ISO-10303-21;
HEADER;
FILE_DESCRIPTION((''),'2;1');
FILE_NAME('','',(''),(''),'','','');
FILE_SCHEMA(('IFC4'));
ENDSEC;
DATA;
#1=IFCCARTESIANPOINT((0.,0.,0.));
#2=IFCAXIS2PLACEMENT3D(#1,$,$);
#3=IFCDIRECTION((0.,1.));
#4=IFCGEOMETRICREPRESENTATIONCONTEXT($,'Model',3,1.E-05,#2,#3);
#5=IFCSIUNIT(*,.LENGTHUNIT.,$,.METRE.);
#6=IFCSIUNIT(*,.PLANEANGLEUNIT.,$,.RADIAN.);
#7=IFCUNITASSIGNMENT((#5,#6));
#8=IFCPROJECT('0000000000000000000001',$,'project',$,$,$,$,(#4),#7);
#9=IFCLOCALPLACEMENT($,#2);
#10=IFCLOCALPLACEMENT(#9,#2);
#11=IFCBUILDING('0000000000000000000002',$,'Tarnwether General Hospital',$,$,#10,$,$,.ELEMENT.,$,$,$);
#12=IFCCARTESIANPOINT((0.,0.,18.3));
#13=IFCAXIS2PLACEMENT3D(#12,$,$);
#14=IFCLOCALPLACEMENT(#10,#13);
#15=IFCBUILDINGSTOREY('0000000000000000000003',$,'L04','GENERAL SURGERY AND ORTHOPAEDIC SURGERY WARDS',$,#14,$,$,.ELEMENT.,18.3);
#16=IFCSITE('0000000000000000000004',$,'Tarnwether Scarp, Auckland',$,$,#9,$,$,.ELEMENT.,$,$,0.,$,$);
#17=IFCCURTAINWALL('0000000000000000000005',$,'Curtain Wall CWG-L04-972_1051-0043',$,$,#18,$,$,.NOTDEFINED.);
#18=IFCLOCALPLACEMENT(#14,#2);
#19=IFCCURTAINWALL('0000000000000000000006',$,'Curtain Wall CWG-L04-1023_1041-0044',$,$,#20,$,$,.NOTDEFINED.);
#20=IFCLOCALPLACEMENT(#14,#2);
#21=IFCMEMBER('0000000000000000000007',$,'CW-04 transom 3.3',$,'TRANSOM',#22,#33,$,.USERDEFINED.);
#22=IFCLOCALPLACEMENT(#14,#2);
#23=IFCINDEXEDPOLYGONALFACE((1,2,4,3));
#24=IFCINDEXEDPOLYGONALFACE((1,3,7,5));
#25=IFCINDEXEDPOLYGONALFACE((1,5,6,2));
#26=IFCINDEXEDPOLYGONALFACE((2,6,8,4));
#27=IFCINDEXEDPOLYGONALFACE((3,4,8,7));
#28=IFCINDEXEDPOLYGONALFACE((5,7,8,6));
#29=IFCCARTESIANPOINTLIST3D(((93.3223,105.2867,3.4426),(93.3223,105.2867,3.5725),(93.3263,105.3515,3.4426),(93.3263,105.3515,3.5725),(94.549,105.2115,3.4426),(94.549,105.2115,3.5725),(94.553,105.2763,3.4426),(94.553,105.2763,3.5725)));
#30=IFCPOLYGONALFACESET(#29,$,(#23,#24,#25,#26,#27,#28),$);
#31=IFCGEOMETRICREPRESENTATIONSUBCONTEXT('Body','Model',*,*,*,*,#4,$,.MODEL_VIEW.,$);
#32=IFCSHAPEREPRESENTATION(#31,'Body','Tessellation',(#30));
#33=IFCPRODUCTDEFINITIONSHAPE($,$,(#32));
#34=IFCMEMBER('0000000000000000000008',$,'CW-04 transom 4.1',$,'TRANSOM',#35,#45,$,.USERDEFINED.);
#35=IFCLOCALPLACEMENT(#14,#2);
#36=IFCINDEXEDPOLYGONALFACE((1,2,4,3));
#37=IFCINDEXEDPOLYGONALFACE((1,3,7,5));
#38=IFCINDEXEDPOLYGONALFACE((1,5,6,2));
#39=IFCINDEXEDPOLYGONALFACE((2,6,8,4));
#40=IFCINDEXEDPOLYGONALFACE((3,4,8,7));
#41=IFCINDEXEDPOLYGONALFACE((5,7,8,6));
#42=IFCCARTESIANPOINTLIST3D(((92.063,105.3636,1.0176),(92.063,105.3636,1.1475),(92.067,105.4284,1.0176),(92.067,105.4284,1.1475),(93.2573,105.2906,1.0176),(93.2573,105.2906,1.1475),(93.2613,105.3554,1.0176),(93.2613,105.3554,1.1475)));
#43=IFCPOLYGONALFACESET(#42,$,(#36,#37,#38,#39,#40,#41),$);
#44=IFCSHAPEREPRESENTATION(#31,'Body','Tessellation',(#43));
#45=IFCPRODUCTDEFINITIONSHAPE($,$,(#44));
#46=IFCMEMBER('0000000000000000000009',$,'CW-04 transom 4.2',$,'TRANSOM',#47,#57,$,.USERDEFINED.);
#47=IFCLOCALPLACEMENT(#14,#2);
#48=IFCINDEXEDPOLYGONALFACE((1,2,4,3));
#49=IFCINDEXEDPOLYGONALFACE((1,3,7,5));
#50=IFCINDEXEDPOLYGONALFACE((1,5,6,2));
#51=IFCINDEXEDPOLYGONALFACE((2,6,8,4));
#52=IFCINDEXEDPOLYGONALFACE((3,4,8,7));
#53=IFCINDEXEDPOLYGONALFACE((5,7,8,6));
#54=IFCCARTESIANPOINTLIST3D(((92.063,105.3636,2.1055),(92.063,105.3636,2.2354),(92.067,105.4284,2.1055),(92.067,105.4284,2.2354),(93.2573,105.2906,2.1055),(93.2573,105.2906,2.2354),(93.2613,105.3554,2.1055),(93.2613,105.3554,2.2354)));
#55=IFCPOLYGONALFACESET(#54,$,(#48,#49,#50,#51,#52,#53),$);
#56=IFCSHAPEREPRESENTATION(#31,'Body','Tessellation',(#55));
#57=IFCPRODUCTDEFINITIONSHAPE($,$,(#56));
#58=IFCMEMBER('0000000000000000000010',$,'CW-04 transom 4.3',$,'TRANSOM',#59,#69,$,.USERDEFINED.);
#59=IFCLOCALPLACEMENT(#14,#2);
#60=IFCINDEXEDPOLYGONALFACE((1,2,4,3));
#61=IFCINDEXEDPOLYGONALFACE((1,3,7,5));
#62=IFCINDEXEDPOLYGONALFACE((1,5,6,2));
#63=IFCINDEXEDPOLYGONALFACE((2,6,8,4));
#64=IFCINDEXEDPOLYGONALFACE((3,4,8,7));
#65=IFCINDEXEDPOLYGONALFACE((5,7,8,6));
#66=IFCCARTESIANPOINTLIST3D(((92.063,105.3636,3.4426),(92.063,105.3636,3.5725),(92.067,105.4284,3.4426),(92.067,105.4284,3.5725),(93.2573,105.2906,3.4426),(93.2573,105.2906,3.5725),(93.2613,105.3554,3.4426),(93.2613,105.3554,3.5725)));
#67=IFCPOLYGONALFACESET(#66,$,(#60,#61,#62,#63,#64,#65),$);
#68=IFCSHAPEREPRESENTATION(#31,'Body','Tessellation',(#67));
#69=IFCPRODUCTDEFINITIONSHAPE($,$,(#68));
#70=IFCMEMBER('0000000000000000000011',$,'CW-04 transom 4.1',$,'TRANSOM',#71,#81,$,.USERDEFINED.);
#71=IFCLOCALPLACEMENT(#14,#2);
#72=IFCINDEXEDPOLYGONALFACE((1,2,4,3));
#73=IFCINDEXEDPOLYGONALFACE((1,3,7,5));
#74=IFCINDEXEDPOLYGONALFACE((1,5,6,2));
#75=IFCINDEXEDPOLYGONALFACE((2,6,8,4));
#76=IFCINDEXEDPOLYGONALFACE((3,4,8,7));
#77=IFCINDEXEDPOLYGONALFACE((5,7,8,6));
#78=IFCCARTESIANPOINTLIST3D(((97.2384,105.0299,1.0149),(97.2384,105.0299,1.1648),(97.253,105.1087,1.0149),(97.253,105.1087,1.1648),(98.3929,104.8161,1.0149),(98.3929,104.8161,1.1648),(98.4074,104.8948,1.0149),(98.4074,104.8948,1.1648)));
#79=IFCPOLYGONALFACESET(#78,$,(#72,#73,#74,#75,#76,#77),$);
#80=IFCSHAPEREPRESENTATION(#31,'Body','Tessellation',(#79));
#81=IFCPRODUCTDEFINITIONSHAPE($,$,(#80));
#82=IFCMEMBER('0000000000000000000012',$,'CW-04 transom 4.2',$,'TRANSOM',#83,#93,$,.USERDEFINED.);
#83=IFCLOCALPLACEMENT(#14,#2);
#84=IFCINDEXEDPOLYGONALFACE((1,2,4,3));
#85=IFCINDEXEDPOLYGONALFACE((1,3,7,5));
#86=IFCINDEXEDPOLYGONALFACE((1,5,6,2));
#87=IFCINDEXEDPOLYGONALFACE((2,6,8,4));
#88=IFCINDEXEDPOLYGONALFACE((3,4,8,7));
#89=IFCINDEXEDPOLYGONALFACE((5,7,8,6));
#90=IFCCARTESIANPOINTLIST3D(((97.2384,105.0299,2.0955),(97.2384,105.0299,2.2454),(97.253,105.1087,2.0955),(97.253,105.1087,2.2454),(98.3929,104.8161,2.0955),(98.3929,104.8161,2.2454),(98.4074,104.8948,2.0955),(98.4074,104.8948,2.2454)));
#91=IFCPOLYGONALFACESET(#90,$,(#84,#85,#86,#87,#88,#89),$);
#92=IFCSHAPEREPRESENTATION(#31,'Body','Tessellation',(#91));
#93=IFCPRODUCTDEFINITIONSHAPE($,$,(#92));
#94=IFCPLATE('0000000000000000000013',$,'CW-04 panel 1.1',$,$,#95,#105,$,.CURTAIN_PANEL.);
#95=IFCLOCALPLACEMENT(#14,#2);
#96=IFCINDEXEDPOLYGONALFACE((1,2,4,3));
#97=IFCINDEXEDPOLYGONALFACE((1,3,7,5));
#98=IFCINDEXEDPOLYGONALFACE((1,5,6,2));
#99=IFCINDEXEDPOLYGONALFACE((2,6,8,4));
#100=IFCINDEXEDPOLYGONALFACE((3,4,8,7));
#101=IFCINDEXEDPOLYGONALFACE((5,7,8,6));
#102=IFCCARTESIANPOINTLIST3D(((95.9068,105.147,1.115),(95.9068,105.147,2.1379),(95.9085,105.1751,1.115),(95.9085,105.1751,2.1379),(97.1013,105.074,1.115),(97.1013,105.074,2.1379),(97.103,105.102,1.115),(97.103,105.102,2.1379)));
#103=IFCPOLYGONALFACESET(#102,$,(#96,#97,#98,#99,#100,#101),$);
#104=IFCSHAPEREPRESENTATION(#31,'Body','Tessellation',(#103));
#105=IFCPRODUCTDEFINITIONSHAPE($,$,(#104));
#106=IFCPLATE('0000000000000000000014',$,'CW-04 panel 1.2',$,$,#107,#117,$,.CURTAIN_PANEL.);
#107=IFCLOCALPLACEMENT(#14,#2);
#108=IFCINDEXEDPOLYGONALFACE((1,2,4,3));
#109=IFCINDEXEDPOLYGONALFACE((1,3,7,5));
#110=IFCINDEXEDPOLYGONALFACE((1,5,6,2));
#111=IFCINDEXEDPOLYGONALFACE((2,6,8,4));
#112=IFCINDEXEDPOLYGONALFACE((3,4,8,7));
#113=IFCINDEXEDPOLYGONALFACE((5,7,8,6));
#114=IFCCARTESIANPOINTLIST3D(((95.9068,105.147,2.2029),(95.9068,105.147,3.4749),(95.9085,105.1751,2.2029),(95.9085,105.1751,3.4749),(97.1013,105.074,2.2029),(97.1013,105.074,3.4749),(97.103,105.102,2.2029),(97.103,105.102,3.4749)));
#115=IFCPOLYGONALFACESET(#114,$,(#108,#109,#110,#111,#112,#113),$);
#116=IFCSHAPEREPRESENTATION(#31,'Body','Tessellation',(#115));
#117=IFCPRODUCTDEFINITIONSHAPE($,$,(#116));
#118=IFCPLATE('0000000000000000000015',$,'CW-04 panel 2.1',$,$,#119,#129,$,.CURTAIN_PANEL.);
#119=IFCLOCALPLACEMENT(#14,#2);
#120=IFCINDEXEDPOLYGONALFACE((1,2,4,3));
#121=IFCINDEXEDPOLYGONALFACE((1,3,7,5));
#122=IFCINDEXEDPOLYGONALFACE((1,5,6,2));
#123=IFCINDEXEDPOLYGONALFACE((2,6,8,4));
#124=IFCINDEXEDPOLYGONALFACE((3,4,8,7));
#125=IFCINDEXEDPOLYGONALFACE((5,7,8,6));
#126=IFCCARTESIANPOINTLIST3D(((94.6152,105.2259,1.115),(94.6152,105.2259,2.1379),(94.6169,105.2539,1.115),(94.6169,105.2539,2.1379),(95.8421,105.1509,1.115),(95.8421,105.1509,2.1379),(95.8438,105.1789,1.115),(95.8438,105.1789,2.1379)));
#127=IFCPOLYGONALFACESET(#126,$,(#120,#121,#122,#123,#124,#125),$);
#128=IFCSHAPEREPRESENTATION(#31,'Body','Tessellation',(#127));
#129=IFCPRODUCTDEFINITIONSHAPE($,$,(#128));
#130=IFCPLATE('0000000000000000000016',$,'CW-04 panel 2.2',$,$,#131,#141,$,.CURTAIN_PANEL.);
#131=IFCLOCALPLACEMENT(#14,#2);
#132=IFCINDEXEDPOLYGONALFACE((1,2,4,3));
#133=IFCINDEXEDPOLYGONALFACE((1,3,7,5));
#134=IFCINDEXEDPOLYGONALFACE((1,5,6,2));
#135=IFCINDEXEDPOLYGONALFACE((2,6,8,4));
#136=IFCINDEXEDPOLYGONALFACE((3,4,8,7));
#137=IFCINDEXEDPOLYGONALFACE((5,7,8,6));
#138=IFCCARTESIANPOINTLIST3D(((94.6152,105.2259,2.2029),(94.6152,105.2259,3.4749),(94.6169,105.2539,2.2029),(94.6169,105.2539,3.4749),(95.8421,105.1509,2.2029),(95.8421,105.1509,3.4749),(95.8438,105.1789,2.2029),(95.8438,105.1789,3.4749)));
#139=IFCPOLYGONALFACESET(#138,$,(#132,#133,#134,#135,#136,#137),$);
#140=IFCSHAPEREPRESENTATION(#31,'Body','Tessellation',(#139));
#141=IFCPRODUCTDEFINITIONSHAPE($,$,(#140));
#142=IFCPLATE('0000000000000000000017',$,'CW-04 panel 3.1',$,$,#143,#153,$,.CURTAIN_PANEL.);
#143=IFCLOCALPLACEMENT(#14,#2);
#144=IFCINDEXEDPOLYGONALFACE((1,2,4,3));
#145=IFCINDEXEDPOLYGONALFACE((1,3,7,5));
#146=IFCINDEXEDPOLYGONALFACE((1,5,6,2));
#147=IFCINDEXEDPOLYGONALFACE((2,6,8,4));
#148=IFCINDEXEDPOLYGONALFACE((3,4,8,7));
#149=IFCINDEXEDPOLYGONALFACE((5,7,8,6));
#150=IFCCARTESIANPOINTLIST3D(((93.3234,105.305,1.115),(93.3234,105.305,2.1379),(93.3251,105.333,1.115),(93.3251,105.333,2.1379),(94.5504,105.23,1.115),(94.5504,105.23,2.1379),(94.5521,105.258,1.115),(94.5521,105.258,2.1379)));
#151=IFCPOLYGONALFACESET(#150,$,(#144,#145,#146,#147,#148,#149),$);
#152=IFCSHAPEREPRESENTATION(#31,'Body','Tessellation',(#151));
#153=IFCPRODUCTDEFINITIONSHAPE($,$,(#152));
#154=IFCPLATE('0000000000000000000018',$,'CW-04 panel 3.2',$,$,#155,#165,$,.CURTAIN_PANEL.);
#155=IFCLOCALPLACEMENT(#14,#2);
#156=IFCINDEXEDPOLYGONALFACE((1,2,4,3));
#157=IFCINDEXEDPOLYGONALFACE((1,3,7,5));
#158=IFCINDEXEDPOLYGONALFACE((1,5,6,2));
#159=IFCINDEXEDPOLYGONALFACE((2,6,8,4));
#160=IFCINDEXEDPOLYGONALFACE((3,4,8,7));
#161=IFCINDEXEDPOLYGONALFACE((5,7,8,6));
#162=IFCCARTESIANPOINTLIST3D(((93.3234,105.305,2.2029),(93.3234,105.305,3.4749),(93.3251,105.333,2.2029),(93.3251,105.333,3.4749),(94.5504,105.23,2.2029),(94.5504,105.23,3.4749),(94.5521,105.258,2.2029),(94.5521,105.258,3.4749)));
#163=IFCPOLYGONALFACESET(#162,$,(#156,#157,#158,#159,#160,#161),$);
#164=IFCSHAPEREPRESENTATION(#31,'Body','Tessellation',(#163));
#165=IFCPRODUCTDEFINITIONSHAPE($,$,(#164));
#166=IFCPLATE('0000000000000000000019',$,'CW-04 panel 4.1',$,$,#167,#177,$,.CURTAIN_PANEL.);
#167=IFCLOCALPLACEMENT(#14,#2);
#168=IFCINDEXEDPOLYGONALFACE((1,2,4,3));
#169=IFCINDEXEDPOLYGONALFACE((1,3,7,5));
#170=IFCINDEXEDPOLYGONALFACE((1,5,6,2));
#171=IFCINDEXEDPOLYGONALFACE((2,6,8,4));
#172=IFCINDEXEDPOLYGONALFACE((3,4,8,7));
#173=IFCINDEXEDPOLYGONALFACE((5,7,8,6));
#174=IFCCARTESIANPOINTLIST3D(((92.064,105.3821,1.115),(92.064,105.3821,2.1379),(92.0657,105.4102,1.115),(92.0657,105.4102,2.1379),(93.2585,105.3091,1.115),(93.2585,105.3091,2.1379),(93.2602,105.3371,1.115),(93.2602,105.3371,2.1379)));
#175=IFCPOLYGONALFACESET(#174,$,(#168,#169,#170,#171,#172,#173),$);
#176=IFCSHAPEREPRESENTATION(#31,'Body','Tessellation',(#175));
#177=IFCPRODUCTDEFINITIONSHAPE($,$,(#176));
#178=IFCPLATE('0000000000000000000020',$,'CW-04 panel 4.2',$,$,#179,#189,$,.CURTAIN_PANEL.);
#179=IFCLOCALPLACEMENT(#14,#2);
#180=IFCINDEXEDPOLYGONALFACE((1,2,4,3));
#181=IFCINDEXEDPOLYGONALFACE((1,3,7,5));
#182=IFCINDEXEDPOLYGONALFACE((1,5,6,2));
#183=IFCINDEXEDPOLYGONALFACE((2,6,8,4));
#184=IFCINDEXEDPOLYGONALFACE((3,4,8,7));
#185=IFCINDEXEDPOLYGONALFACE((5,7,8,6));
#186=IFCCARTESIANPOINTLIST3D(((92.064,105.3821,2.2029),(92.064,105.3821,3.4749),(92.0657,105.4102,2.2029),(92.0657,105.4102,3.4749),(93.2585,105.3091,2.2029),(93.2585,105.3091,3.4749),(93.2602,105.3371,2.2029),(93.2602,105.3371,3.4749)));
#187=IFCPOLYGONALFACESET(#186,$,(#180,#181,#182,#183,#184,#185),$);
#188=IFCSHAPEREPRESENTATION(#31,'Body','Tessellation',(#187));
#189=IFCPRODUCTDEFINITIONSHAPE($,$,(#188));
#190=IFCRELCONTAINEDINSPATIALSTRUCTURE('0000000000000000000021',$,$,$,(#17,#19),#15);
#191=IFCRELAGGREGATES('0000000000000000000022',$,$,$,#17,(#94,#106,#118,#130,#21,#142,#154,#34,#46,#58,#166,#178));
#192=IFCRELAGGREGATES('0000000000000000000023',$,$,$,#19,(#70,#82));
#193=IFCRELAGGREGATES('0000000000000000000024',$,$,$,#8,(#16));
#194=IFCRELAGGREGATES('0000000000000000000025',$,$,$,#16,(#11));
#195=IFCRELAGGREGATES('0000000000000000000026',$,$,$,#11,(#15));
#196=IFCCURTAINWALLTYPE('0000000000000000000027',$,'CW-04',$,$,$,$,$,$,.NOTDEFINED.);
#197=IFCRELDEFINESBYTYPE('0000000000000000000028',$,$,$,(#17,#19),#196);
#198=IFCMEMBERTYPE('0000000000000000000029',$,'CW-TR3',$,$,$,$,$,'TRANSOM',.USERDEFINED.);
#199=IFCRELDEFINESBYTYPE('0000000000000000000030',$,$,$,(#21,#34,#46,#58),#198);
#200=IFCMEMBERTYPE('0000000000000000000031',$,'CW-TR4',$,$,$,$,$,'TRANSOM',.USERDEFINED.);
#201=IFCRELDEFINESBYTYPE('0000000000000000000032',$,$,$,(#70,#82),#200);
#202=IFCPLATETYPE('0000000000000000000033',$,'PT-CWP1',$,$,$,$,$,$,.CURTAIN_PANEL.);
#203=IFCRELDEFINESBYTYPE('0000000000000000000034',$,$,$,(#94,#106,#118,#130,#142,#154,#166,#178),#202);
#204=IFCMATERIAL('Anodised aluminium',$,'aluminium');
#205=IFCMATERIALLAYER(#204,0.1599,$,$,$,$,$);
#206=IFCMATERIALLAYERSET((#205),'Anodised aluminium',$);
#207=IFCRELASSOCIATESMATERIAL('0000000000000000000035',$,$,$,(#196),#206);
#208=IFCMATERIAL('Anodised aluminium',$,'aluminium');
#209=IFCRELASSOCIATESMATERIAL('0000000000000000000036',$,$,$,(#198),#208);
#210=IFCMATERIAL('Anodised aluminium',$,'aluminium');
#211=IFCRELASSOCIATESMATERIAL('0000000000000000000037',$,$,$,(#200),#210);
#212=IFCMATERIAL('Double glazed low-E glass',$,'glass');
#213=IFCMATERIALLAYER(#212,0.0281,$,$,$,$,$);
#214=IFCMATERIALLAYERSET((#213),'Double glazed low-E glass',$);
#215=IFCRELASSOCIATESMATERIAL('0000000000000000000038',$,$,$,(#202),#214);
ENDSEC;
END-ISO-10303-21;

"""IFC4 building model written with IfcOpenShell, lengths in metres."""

from ifc_helpers import new_model, si_unit, direction, frame, origin, origin_2d, place, context, subcontext, project, spatial, rectangle, extrude, material, layer, layer_set, material_profile, profile_set, type_object, element, aggregate, save


model = new_model("IFC4")

# Units and contexts
model_context = context("Model", 3, precision=1e-05, world=origin(), true_north=direction((0.0, 1.0)))
body_context = subcontext(model_context, "Body", "Model", "MODEL_VIEW")
ifc_project = project(units=[si_unit("LENGTHUNIT", "METRE"), si_unit("PLANEANGLEUNIT", "RADIAN")], contexts=[model_context])

# Site, building, storey
site_placement = place(None, origin())
site = spatial("IfcSite", under=ifc_project, at=site_placement, Name="Tarnwether Scarp, Auckland", CompositionType="ELEMENT", RefElevation=0.0)
building_placement = place(site_placement, origin())
building = spatial("IfcBuilding", under=site, at=building_placement, Name="Tarnwether General Hospital", CompositionType="ELEMENT")
storey_placement = place(building_placement, frame((0.0, 0.0, 18.3)))
storey = spatial("IfcBuildingStorey", under=building, at=storey_placement, Name="L04", Description="GENERAL SURGERY AND ORTHOPAEDIC SURGERY WARDS", CompositionType="ELEMENT", Elevation=18.3)

# Curtain wall
ifc_material_1 = material(Name="Anodised aluminium", Category="aluminium")
ifc_layer_1 = layer(ifc_material_1, 0.1599)
ifc_layer_set_1 = layer_set([ifc_layer_1], Name="Anodised aluminium")
curtain_wall_type = type_object("IfcCurtainWallType", Name="CW-04", PredefinedType="NOTDEFINED", material=ifc_layer_set_1)
curtain_wall_1_placement = place(storey_placement, origin())
curtain_wall_1 = element("IfcCurtainWall", 1, at=curtain_wall_1_placement, inside=storey, type_object=curtain_wall_type, Name="Curtain Wall CWG-L04-972_1051-0043", PredefinedType="NOTDEFINED")

# Curtain wall
curtain_wall_2_placement = place(storey_placement, origin())
curtain_wall_2 = element("IfcCurtainWall", 2, at=curtain_wall_2_placement, inside=storey, type_object=curtain_wall_type, Name="Curtain Wall CWG-L04-1023_1041-0044", PredefinedType="NOTDEFINED")

# Members
ifc_material_2 = material(Name="Anodised aluminium", Category="aluminium")
ifc_material_profile_1 = material_profile(ifc_material_2, rectangle(XDim=0.0649, YDim=0.1299, at=origin_2d()), Name="ALU-TRN-65x130")
ifc_profile_set_1 = profile_set([ifc_material_profile_1], Name="Anodised aluminium")
member_type_1 = type_object("IfcMemberType", Name="CW-TR3", ElementType="TRANSOM", PredefinedType="USERDEFINED", material=ifc_profile_set_1)
member_1_placement = place(storey_placement, frame((94.551, 105.2439, 3.5076), z_axis=(-0.998127, 0.061179, 0.0), x_axis=(-0.061179, -0.998127, 0.0)))
member_1 = element("IfcMember", 3, at=member_1_placement, type_object=member_type_1, Name="CW-04 transom 3.3", ObjectType="TRANSOM", PredefinedType="USERDEFINED", context=body_context, shape_type="SweptSolid", body=[
    extrude(rectangle(XDim=0.0649, YDim=0.1299, at=origin_2d()), origin(), (0.0, 0.0, 1.0), 1.229),
])
member_2_placement = place(storey_placement, frame((93.2593, 105.323, 1.0825), z_axis=(-0.998137, 0.061006, 0.0), x_axis=(-0.061006, -0.998137, 0.0)))
member_2 = element("IfcMember", 4, at=member_2_placement, type_object=member_type_1, Name="CW-04 transom 4.1", ObjectType="TRANSOM", PredefinedType="USERDEFINED", context=body_context, shape_type="SweptSolid", body=[
    extrude(rectangle(XDim=0.0649, YDim=0.1299, at=origin_2d()), origin(), (0.0, 0.0, 1.0), 1.1965),
])
member_3_placement = place(storey_placement, frame((93.2593, 105.323, 2.1704), z_axis=(-0.998137, 0.061006, 0.0), x_axis=(-0.061006, -0.998137, 0.0)))
member_3 = element("IfcMember", 5, at=member_3_placement, type_object=member_type_1, Name="CW-04 transom 4.2", ObjectType="TRANSOM", PredefinedType="USERDEFINED", context=body_context, shape_type="SweptSolid", body=[
    extrude(rectangle(XDim=0.0649, YDim=0.1299, at=origin_2d()), origin(), (0.0, 0.0, 1.0), 1.1965),
])
member_4_placement = place(storey_placement, frame((93.2593, 105.323, 3.5076), z_axis=(-0.998137, 0.061006, 0.0), x_axis=(-0.061006, -0.998137, 0.0)))
member_4 = element("IfcMember", 6, at=member_4_placement, type_object=member_type_1, Name="CW-04 transom 4.3", ObjectType="TRANSOM", PredefinedType="USERDEFINED", context=body_context, shape_type="SweptSolid", body=[
    extrude(rectangle(XDim=0.0649, YDim=0.1299, at=origin_2d()), origin(), (0.0, 0.0, 1.0), 1.1965),
])
ifc_material_3 = material(Name="Anodised aluminium", Category="aluminium")
ifc_material_profile_2 = material_profile(ifc_material_3, rectangle(XDim=0.0801, YDim=0.1499, at=origin_2d()), Name="ALU-TRN-80x150")
ifc_profile_set_2 = profile_set([ifc_material_profile_2], Name="Anodised aluminium")
member_type_2 = type_object("IfcMemberType", Name="CW-TR4", ElementType="TRANSOM", PredefinedType="USERDEFINED", material=ifc_profile_set_2)
member_5_placement = place(storey_placement, frame((98.4001, 104.8555, 1.0898), z_axis=(-0.983272, 0.182141, 0.0), x_axis=(-0.182141, -0.983272, 0.0)))
member_5 = element("IfcMember", 7, at=member_5_placement, type_object=member_type_2, Name="CW-04 transom 4.1", ObjectType="TRANSOM", PredefinedType="USERDEFINED", context=body_context, shape_type="SweptSolid", body=[
    extrude(rectangle(XDim=0.0801, YDim=0.1499, at=origin_2d()), origin(), (0.0, 0.0, 1.0), 1.1741),
])
member_6_placement = place(storey_placement, frame((98.4001, 104.8555, 2.1704), z_axis=(-0.983272, 0.182141, 0.0), x_axis=(-0.182141, -0.983272, 0.0)))
member_6 = element("IfcMember", 8, at=member_6_placement, type_object=member_type_2, Name="CW-04 transom 4.2", ObjectType="TRANSOM", PredefinedType="USERDEFINED", context=body_context, shape_type="SweptSolid", body=[
    extrude(rectangle(XDim=0.0801, YDim=0.1499, at=origin_2d()), origin(), (0.0, 0.0, 1.0), 1.1741),
])

# Plates
ifc_material_4 = material(Name="Double glazed low-E glass", Category="glass")
ifc_layer_2 = layer(ifc_material_4, 0.0281)
ifc_layer_set_2 = layer_set([ifc_layer_2], Name="Double glazed low-E glass")
plate_type_1 = type_object("IfcPlateType", Name="PT-CWP1", PredefinedType="CURTAIN_PANEL", material=ifc_layer_set_2)
plate_1_placement = place(storey_placement, frame((96.5049, 105.1245, 1.115), z_axis=(0.0, 0.0, 1.0), x_axis=(-0.998135, 0.061043, 0.0)))
plate_1 = element("IfcPlate", 9, at=plate_1_placement, type_object=plate_type_1, Name="CW-04 panel 1.1", PredefinedType="CURTAIN_PANEL", context=body_context, shape_type="SweptSolid", body=[
    extrude(rectangle(XDim=1.1968, YDim=0.0281, at=origin_2d()), origin(), (0.0, 0.0, 1.0), 1.0229),
])
plate_2_placement = place(storey_placement, frame((96.5049, 105.1245, 2.2029), z_axis=(0.0, 0.0, 1.0), x_axis=(-0.998135, 0.061043, 0.0)))
plate_2 = element("IfcPlate", 10, at=plate_2_placement, type_object=plate_type_1, Name="CW-04 panel 1.2", PredefinedType="CURTAIN_PANEL", context=body_context, shape_type="SweptSolid", body=[
    extrude(rectangle(XDim=1.1968, YDim=0.0281, at=origin_2d()), origin(), (0.0, 0.0, 1.0), 1.272),
])
plate_3_placement = place(storey_placement, frame((95.2295, 105.2024, 1.115), z_axis=(0.0, 0.0, 1.0), x_axis=(-0.998135, 0.061043, 0.0)))
plate_3 = element("IfcPlate", 11, at=plate_3_placement, type_object=plate_type_1, Name="CW-04 panel 2.1", PredefinedType="CURTAIN_PANEL", context=body_context, shape_type="SweptSolid", body=[
    extrude(rectangle(XDim=1.2292, YDim=0.0281, at=origin_2d()), origin(), (0.0, 0.0, 1.0), 1.0229),
])
plate_4_placement = place(storey_placement, frame((95.2295, 105.2024, 2.2029), z_axis=(0.0, 0.0, 1.0), x_axis=(-0.998135, 0.061043, 0.0)))
plate_4 = element("IfcPlate", 12, at=plate_4_placement, type_object=plate_type_1, Name="CW-04 panel 2.2", PredefinedType="CURTAIN_PANEL", context=body_context, shape_type="SweptSolid", body=[
    extrude(rectangle(XDim=1.2292, YDim=0.0281, at=origin_2d()), origin(), (0.0, 0.0, 1.0), 1.272),
])
plate_5_placement = place(storey_placement, frame((93.9377, 105.2815, 1.115), z_axis=(0.0, 0.0, 1.0), x_axis=(-0.998135, 0.061043, 0.0)))
plate_5 = element("IfcPlate", 13, at=plate_5_placement, type_object=plate_type_1, Name="CW-04 panel 3.1", PredefinedType="CURTAIN_PANEL", context=body_context, shape_type="SweptSolid", body=[
    extrude(rectangle(XDim=1.2292, YDim=0.0281, at=origin_2d()), origin(), (0.0, 0.0, 1.0), 1.0229),
])
plate_6_placement = place(storey_placement, frame((93.9377, 105.2815, 2.2029), z_axis=(0.0, 0.0, 1.0), x_axis=(-0.998135, 0.061043, 0.0)))
plate_6 = element("IfcPlate", 14, at=plate_6_placement, type_object=plate_type_1, Name="CW-04 panel 3.2", PredefinedType="CURTAIN_PANEL", context=body_context, shape_type="SweptSolid", body=[
    extrude(rectangle(XDim=1.2292, YDim=0.0281, at=origin_2d()), origin(), (0.0, 0.0, 1.0), 1.272),
])
plate_7_placement = place(storey_placement, frame((92.6621, 105.3596, 1.115), z_axis=(0.0, 0.0, 1.0), x_axis=(-0.998135, 0.061043, 0.0)))
plate_7 = element("IfcPlate", 15, at=plate_7_placement, type_object=plate_type_1, Name="CW-04 panel 4.1", PredefinedType="CURTAIN_PANEL", context=body_context, shape_type="SweptSolid", body=[
    extrude(rectangle(XDim=1.1968, YDim=0.0281, at=origin_2d()), origin(), (0.0, 0.0, 1.0), 1.0229),
])
plate_8_placement = place(storey_placement, frame((92.6621, 105.3596, 2.2029), z_axis=(0.0, 0.0, 1.0), x_axis=(-0.998135, 0.061043, 0.0)))
plate_8 = element("IfcPlate", 16, at=plate_8_placement, type_object=plate_type_1, Name="CW-04 panel 4.2", PredefinedType="CURTAIN_PANEL", context=body_context, shape_type="SweptSolid", body=[
    extrude(rectangle(XDim=1.1968, YDim=0.0281, at=origin_2d()), origin(), (0.0, 0.0, 1.0), 1.272),
])
aggregate(curtain_wall_1, [plate_1, plate_2, plate_3, plate_4, member_1, plate_5, plate_6, member_2, member_3, member_4, plate_7, plate_8])
aggregate(curtain_wall_2, [member_5, member_6])

save(model, "model.ifc")
